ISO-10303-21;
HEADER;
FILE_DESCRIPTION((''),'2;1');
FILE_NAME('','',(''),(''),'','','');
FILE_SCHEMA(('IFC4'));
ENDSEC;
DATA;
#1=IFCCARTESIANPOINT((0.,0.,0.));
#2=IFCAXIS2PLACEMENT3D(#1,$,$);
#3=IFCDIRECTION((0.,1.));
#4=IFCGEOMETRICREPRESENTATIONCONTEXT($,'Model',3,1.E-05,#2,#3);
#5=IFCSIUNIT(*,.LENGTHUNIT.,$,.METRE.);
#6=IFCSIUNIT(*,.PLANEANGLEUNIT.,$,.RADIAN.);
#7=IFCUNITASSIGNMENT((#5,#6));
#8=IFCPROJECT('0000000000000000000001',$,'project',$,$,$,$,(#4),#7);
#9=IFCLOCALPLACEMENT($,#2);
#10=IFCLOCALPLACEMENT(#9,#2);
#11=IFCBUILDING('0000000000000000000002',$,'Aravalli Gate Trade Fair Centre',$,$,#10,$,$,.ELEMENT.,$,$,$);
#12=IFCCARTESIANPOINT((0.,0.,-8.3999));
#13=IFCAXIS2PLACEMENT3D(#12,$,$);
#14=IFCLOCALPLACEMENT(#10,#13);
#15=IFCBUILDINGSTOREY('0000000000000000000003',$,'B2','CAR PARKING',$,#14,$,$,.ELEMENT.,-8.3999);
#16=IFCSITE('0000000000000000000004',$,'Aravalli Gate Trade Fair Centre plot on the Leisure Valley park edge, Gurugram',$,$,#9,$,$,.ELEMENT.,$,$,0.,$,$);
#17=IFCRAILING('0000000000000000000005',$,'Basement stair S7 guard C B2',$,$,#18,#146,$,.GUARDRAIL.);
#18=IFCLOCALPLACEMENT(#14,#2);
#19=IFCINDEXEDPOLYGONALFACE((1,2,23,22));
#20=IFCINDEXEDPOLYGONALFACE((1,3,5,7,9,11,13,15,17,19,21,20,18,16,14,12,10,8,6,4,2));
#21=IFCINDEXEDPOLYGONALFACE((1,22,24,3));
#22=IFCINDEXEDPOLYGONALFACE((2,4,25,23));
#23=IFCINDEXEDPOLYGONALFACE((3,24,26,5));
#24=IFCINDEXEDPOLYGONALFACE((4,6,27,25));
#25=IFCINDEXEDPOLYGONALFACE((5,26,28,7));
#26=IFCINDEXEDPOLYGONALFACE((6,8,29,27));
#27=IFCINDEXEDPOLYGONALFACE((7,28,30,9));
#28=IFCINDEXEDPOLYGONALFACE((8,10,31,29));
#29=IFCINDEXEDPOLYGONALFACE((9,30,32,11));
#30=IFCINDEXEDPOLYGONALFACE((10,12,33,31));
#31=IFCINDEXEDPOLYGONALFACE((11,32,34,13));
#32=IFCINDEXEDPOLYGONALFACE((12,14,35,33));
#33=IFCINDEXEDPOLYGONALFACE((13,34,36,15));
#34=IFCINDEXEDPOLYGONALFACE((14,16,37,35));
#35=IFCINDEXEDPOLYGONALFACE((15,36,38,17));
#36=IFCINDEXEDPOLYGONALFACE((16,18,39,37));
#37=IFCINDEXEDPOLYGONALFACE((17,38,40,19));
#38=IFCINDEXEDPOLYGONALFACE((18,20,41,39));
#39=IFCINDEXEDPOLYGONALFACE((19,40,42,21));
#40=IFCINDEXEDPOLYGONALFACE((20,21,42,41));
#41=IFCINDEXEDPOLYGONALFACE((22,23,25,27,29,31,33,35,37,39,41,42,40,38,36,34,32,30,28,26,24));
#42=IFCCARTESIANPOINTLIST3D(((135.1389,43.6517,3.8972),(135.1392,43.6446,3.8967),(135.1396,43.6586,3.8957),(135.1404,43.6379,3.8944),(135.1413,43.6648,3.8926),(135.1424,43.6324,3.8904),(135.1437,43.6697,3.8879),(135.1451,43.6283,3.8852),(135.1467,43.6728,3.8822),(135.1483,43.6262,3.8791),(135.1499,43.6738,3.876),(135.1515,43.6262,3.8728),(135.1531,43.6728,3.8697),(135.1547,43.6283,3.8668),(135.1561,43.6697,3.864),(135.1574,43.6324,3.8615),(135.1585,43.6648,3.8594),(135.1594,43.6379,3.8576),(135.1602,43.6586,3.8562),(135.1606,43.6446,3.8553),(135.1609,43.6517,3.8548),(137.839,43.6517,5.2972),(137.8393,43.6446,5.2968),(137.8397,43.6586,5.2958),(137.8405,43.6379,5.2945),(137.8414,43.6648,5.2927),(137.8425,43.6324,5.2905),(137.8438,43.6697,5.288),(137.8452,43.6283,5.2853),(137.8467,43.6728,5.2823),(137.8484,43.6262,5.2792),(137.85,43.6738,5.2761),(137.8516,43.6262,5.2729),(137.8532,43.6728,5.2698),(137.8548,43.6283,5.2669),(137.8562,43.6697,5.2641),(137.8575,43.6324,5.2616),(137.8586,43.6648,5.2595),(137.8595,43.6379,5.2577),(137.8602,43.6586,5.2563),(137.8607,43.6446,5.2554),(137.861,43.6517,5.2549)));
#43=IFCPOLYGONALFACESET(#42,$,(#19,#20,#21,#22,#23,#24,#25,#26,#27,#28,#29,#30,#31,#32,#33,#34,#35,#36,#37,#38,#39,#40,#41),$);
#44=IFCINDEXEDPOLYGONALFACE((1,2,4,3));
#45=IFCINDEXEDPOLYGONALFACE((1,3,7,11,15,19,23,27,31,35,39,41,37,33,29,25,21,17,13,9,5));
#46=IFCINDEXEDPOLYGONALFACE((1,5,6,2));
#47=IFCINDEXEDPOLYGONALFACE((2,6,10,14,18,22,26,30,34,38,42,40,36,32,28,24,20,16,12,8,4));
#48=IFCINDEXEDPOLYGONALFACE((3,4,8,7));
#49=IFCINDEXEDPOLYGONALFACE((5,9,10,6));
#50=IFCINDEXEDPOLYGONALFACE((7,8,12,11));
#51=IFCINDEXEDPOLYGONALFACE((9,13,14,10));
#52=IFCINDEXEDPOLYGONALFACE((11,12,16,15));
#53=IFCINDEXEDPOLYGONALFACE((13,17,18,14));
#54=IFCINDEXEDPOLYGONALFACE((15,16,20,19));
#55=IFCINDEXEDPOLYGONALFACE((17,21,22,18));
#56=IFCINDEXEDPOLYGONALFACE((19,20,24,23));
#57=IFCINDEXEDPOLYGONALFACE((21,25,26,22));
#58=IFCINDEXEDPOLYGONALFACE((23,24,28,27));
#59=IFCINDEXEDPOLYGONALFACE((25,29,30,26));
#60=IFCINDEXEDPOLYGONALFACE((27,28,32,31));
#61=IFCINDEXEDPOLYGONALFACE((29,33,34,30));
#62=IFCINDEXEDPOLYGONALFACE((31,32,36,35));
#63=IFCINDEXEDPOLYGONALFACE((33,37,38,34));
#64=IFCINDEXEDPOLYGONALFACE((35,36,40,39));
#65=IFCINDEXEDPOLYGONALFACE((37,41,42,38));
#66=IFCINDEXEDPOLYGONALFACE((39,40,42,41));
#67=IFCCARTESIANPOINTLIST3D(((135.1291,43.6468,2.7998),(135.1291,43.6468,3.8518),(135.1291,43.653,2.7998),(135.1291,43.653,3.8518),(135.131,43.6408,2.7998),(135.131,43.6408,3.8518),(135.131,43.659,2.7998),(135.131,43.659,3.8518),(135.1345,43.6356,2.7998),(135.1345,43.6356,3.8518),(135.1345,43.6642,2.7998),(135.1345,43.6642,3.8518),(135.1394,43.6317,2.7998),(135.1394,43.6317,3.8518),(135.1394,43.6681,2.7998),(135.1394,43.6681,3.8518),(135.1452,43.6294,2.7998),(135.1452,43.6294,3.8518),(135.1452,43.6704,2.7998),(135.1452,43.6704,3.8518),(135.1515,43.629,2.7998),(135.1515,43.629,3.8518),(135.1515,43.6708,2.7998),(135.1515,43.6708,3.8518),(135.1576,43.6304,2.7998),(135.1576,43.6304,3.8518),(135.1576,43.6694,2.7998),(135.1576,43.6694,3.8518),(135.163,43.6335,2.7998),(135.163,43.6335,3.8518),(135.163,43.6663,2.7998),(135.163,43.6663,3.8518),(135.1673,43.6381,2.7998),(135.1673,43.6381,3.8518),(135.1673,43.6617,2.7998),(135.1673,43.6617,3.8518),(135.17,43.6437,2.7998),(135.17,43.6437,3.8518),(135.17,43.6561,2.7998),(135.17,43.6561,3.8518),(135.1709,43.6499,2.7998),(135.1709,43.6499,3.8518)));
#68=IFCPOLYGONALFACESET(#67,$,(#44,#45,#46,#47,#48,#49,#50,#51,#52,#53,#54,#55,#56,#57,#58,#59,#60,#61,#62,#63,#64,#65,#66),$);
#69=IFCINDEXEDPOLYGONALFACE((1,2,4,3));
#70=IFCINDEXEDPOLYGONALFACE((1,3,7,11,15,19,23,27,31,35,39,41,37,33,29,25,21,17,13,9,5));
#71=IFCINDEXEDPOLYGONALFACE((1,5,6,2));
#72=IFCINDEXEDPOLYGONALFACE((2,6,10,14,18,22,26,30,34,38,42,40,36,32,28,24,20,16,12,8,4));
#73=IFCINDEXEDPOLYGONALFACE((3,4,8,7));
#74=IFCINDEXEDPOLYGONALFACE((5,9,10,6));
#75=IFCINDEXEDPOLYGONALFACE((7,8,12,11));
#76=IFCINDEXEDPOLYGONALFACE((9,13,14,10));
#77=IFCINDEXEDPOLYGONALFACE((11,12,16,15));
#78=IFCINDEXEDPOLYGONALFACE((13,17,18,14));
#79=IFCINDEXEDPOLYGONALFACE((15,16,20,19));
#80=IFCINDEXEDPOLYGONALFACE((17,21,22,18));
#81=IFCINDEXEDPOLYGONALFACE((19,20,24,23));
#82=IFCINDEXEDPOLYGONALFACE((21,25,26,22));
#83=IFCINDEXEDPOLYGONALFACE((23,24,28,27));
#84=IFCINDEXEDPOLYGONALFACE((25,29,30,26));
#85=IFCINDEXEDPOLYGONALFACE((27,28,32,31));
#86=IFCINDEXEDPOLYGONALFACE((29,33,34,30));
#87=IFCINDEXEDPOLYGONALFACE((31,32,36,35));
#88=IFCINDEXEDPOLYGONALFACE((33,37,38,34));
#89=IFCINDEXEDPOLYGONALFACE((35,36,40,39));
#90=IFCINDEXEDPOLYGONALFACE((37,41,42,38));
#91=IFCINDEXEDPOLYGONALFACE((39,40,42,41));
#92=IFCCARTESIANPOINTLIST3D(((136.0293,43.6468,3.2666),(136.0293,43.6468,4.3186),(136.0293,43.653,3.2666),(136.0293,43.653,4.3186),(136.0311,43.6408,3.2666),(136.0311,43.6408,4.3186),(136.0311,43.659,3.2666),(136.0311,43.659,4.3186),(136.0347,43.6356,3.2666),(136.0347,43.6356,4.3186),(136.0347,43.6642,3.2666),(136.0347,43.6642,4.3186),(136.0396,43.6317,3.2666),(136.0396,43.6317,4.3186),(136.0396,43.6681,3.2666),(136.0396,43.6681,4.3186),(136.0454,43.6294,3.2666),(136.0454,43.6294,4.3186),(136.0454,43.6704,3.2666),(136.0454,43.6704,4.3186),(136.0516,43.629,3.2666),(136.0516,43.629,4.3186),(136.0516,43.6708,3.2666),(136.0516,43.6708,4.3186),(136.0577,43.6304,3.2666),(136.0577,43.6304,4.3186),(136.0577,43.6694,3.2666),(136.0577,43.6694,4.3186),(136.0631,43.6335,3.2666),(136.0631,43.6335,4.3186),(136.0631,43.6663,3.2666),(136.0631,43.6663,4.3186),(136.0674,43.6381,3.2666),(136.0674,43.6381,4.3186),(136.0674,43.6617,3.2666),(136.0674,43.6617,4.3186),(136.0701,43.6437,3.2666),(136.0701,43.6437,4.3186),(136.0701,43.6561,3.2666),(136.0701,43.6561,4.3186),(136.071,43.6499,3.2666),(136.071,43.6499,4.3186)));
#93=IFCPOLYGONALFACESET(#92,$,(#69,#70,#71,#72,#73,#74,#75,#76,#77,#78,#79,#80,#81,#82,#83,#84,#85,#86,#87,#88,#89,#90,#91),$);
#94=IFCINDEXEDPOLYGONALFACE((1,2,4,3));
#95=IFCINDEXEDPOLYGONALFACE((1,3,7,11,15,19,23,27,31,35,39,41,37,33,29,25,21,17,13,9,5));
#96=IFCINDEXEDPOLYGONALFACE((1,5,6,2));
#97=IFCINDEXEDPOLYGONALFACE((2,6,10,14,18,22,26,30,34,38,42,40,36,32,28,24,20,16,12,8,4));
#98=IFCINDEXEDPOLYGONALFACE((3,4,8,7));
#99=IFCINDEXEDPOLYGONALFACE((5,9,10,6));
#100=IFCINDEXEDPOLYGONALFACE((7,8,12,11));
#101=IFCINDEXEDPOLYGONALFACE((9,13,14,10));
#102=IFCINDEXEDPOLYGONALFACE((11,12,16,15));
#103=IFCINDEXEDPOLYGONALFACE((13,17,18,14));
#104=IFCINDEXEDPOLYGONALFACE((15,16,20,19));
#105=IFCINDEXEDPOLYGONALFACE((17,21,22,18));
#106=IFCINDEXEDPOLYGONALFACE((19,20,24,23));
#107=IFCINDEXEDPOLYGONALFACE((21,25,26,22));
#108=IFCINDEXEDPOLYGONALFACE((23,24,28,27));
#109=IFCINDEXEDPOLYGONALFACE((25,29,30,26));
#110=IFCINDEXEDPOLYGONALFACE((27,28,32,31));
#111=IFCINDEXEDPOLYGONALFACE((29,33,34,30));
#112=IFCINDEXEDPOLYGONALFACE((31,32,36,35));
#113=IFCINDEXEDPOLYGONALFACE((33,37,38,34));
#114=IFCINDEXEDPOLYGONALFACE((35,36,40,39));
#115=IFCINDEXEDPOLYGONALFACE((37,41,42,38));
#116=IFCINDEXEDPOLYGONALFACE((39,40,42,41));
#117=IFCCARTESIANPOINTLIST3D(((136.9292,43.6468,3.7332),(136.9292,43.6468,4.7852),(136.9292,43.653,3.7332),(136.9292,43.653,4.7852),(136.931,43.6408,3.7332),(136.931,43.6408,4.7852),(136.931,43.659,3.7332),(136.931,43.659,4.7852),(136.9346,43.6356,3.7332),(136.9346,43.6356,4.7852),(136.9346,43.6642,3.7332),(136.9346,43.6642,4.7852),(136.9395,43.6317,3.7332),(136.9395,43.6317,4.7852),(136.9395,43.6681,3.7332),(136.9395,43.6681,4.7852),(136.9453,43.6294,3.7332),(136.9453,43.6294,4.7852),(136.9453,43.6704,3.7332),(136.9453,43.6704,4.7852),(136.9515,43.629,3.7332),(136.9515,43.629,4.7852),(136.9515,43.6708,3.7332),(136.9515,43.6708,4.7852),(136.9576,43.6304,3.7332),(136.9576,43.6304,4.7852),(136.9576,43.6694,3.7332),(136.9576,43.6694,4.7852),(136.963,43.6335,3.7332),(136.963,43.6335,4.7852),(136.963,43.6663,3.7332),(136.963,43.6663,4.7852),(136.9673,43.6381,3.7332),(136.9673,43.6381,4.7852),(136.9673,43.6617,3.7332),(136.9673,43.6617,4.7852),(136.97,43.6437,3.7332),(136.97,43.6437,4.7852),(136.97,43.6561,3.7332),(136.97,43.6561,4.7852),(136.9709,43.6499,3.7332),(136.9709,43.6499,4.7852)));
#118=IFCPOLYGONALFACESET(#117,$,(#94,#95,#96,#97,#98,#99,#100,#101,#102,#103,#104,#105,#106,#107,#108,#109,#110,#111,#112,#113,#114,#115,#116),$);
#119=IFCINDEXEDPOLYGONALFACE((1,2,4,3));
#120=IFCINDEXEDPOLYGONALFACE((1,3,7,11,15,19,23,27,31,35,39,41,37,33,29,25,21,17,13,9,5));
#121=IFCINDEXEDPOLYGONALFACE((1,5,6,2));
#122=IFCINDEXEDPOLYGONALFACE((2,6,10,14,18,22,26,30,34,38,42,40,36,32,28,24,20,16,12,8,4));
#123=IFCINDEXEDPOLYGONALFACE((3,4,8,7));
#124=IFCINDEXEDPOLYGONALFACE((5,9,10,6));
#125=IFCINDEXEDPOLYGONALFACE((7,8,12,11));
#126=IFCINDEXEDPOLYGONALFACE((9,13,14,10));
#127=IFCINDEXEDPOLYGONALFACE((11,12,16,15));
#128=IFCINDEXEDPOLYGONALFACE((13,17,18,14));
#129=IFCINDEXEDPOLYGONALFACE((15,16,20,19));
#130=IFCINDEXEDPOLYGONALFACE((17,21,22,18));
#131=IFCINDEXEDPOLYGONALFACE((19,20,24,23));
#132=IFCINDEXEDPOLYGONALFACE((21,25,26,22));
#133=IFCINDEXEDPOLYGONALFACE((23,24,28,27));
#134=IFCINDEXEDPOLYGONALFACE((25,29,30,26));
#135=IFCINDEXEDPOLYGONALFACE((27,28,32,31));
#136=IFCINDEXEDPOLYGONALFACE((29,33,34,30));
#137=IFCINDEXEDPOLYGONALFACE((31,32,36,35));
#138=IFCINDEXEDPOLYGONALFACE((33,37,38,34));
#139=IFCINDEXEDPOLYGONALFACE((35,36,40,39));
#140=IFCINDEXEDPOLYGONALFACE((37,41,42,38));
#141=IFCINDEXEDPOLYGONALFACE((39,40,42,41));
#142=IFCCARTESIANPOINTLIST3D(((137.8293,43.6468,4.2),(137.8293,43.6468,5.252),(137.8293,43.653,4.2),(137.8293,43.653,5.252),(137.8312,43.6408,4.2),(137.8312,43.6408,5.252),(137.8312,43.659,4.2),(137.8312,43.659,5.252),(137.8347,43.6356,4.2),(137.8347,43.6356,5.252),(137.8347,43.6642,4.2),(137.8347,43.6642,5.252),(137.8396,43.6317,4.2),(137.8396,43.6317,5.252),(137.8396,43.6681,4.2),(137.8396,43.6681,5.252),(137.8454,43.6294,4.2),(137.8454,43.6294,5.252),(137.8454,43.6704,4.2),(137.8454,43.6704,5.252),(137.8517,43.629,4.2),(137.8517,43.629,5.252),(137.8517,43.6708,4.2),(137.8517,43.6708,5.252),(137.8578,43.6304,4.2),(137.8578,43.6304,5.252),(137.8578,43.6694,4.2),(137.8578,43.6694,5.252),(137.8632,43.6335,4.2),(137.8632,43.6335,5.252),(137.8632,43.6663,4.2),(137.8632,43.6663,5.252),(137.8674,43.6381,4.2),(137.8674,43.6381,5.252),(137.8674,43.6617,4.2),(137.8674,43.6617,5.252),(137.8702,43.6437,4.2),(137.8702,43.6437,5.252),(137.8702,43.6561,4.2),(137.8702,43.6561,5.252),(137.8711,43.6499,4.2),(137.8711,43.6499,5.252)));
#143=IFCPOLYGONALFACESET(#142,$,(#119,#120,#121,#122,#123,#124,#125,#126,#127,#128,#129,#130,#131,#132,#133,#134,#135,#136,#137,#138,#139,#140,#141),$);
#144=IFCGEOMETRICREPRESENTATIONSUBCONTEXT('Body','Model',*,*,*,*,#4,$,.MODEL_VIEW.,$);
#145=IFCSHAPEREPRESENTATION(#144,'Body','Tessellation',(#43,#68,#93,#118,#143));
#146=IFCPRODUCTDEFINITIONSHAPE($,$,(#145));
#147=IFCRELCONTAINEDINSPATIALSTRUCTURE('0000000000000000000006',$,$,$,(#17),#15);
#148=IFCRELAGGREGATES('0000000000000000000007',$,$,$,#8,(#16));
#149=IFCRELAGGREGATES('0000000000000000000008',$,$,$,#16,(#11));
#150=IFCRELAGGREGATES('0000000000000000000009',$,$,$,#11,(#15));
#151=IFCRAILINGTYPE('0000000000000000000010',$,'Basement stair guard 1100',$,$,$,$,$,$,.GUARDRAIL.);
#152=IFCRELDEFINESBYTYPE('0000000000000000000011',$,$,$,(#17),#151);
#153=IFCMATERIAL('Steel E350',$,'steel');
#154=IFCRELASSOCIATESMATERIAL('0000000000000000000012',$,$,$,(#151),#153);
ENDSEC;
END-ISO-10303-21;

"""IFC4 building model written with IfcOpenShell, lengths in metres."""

from ifc_helpers import new_model, si_unit, direction, frame, origin, origin_2d, place, context, subcontext, project, spatial, circle, extrude, material, type_object, element, save


model = new_model("IFC4")

# Units and contexts
model_context = context("Model", 3, precision=1e-05, world=origin(), true_north=direction((0.0, 1.0)))
body_context = subcontext(model_context, "Body", "Model", "MODEL_VIEW")
ifc_project = project(units=[si_unit("LENGTHUNIT", "METRE"), si_unit("PLANEANGLEUNIT", "RADIAN")], contexts=[model_context])

# Site, building, storey
site_placement = place(None, origin())
site = spatial("IfcSite", under=ifc_project, at=site_placement, Name="Aravalli Gate Trade Fair Centre plot on the Leisure Valley park edge, Gurugram", CompositionType="ELEMENT", RefElevation=0.0)
building_placement = place(site_placement, origin())
building = spatial("IfcBuilding", under=site, at=building_placement, Name="Aravalli Gate Trade Fair Centre", CompositionType="ELEMENT")
storey_placement = place(building_placement, frame((0.0, 0.0, -8.3999)))
storey = spatial("IfcBuildingStorey", under=building, at=storey_placement, Name="B2", Description="CAR PARKING", CompositionType="ELEMENT", Elevation=-8.3999)

# Railing
ifc_material_1 = material(Name="Steel E350", Category="steel")
railing_type = type_object("IfcRailingType", Name="Basement stair guard 1100", PredefinedType="GUARDRAIL", material=ifc_material_1)
railing_1_placement = place(storey_placement, frame((135.1499, 43.6499, 2.7998)))
element("IfcRailing", 1, at=railing_1_placement, inside=storey, type_object=railing_type, Name="Basement stair S7 guard C B2", PredefinedType="GUARDRAIL", context=body_context, shape_type="SweptSolid", body=[
    extrude(circle(Radius=0.0239, at=origin_2d()), frame((0.0, 0.0, 1.0762), z_axis=(0.887748, 0.0, 0.460329), x_axis=(0.0, 1.0, 0.0)), (0.0, 0.0, 1.0), 3.0415),
    extrude(circle(Radius=0.021, at=origin_2d()), origin(), (0.0, 0.0, 1.0), 1.052),
    extrude(circle(Radius=0.021, at=origin_2d()), frame((0.9001, 0.0, 0.4668)), (0.0, 0.0, 1.0), 1.052),
    extrude(circle(Radius=0.021, at=origin_2d()), frame((1.8, 0.0, 0.9333)), (0.0, 0.0, 1.0), 1.052),
    extrude(circle(Radius=0.021, at=origin_2d()), frame((2.7002, 0.0, 1.4001)), (0.0, 0.0, 1.0), 1.052),
])

save(model, "model.ifc")
